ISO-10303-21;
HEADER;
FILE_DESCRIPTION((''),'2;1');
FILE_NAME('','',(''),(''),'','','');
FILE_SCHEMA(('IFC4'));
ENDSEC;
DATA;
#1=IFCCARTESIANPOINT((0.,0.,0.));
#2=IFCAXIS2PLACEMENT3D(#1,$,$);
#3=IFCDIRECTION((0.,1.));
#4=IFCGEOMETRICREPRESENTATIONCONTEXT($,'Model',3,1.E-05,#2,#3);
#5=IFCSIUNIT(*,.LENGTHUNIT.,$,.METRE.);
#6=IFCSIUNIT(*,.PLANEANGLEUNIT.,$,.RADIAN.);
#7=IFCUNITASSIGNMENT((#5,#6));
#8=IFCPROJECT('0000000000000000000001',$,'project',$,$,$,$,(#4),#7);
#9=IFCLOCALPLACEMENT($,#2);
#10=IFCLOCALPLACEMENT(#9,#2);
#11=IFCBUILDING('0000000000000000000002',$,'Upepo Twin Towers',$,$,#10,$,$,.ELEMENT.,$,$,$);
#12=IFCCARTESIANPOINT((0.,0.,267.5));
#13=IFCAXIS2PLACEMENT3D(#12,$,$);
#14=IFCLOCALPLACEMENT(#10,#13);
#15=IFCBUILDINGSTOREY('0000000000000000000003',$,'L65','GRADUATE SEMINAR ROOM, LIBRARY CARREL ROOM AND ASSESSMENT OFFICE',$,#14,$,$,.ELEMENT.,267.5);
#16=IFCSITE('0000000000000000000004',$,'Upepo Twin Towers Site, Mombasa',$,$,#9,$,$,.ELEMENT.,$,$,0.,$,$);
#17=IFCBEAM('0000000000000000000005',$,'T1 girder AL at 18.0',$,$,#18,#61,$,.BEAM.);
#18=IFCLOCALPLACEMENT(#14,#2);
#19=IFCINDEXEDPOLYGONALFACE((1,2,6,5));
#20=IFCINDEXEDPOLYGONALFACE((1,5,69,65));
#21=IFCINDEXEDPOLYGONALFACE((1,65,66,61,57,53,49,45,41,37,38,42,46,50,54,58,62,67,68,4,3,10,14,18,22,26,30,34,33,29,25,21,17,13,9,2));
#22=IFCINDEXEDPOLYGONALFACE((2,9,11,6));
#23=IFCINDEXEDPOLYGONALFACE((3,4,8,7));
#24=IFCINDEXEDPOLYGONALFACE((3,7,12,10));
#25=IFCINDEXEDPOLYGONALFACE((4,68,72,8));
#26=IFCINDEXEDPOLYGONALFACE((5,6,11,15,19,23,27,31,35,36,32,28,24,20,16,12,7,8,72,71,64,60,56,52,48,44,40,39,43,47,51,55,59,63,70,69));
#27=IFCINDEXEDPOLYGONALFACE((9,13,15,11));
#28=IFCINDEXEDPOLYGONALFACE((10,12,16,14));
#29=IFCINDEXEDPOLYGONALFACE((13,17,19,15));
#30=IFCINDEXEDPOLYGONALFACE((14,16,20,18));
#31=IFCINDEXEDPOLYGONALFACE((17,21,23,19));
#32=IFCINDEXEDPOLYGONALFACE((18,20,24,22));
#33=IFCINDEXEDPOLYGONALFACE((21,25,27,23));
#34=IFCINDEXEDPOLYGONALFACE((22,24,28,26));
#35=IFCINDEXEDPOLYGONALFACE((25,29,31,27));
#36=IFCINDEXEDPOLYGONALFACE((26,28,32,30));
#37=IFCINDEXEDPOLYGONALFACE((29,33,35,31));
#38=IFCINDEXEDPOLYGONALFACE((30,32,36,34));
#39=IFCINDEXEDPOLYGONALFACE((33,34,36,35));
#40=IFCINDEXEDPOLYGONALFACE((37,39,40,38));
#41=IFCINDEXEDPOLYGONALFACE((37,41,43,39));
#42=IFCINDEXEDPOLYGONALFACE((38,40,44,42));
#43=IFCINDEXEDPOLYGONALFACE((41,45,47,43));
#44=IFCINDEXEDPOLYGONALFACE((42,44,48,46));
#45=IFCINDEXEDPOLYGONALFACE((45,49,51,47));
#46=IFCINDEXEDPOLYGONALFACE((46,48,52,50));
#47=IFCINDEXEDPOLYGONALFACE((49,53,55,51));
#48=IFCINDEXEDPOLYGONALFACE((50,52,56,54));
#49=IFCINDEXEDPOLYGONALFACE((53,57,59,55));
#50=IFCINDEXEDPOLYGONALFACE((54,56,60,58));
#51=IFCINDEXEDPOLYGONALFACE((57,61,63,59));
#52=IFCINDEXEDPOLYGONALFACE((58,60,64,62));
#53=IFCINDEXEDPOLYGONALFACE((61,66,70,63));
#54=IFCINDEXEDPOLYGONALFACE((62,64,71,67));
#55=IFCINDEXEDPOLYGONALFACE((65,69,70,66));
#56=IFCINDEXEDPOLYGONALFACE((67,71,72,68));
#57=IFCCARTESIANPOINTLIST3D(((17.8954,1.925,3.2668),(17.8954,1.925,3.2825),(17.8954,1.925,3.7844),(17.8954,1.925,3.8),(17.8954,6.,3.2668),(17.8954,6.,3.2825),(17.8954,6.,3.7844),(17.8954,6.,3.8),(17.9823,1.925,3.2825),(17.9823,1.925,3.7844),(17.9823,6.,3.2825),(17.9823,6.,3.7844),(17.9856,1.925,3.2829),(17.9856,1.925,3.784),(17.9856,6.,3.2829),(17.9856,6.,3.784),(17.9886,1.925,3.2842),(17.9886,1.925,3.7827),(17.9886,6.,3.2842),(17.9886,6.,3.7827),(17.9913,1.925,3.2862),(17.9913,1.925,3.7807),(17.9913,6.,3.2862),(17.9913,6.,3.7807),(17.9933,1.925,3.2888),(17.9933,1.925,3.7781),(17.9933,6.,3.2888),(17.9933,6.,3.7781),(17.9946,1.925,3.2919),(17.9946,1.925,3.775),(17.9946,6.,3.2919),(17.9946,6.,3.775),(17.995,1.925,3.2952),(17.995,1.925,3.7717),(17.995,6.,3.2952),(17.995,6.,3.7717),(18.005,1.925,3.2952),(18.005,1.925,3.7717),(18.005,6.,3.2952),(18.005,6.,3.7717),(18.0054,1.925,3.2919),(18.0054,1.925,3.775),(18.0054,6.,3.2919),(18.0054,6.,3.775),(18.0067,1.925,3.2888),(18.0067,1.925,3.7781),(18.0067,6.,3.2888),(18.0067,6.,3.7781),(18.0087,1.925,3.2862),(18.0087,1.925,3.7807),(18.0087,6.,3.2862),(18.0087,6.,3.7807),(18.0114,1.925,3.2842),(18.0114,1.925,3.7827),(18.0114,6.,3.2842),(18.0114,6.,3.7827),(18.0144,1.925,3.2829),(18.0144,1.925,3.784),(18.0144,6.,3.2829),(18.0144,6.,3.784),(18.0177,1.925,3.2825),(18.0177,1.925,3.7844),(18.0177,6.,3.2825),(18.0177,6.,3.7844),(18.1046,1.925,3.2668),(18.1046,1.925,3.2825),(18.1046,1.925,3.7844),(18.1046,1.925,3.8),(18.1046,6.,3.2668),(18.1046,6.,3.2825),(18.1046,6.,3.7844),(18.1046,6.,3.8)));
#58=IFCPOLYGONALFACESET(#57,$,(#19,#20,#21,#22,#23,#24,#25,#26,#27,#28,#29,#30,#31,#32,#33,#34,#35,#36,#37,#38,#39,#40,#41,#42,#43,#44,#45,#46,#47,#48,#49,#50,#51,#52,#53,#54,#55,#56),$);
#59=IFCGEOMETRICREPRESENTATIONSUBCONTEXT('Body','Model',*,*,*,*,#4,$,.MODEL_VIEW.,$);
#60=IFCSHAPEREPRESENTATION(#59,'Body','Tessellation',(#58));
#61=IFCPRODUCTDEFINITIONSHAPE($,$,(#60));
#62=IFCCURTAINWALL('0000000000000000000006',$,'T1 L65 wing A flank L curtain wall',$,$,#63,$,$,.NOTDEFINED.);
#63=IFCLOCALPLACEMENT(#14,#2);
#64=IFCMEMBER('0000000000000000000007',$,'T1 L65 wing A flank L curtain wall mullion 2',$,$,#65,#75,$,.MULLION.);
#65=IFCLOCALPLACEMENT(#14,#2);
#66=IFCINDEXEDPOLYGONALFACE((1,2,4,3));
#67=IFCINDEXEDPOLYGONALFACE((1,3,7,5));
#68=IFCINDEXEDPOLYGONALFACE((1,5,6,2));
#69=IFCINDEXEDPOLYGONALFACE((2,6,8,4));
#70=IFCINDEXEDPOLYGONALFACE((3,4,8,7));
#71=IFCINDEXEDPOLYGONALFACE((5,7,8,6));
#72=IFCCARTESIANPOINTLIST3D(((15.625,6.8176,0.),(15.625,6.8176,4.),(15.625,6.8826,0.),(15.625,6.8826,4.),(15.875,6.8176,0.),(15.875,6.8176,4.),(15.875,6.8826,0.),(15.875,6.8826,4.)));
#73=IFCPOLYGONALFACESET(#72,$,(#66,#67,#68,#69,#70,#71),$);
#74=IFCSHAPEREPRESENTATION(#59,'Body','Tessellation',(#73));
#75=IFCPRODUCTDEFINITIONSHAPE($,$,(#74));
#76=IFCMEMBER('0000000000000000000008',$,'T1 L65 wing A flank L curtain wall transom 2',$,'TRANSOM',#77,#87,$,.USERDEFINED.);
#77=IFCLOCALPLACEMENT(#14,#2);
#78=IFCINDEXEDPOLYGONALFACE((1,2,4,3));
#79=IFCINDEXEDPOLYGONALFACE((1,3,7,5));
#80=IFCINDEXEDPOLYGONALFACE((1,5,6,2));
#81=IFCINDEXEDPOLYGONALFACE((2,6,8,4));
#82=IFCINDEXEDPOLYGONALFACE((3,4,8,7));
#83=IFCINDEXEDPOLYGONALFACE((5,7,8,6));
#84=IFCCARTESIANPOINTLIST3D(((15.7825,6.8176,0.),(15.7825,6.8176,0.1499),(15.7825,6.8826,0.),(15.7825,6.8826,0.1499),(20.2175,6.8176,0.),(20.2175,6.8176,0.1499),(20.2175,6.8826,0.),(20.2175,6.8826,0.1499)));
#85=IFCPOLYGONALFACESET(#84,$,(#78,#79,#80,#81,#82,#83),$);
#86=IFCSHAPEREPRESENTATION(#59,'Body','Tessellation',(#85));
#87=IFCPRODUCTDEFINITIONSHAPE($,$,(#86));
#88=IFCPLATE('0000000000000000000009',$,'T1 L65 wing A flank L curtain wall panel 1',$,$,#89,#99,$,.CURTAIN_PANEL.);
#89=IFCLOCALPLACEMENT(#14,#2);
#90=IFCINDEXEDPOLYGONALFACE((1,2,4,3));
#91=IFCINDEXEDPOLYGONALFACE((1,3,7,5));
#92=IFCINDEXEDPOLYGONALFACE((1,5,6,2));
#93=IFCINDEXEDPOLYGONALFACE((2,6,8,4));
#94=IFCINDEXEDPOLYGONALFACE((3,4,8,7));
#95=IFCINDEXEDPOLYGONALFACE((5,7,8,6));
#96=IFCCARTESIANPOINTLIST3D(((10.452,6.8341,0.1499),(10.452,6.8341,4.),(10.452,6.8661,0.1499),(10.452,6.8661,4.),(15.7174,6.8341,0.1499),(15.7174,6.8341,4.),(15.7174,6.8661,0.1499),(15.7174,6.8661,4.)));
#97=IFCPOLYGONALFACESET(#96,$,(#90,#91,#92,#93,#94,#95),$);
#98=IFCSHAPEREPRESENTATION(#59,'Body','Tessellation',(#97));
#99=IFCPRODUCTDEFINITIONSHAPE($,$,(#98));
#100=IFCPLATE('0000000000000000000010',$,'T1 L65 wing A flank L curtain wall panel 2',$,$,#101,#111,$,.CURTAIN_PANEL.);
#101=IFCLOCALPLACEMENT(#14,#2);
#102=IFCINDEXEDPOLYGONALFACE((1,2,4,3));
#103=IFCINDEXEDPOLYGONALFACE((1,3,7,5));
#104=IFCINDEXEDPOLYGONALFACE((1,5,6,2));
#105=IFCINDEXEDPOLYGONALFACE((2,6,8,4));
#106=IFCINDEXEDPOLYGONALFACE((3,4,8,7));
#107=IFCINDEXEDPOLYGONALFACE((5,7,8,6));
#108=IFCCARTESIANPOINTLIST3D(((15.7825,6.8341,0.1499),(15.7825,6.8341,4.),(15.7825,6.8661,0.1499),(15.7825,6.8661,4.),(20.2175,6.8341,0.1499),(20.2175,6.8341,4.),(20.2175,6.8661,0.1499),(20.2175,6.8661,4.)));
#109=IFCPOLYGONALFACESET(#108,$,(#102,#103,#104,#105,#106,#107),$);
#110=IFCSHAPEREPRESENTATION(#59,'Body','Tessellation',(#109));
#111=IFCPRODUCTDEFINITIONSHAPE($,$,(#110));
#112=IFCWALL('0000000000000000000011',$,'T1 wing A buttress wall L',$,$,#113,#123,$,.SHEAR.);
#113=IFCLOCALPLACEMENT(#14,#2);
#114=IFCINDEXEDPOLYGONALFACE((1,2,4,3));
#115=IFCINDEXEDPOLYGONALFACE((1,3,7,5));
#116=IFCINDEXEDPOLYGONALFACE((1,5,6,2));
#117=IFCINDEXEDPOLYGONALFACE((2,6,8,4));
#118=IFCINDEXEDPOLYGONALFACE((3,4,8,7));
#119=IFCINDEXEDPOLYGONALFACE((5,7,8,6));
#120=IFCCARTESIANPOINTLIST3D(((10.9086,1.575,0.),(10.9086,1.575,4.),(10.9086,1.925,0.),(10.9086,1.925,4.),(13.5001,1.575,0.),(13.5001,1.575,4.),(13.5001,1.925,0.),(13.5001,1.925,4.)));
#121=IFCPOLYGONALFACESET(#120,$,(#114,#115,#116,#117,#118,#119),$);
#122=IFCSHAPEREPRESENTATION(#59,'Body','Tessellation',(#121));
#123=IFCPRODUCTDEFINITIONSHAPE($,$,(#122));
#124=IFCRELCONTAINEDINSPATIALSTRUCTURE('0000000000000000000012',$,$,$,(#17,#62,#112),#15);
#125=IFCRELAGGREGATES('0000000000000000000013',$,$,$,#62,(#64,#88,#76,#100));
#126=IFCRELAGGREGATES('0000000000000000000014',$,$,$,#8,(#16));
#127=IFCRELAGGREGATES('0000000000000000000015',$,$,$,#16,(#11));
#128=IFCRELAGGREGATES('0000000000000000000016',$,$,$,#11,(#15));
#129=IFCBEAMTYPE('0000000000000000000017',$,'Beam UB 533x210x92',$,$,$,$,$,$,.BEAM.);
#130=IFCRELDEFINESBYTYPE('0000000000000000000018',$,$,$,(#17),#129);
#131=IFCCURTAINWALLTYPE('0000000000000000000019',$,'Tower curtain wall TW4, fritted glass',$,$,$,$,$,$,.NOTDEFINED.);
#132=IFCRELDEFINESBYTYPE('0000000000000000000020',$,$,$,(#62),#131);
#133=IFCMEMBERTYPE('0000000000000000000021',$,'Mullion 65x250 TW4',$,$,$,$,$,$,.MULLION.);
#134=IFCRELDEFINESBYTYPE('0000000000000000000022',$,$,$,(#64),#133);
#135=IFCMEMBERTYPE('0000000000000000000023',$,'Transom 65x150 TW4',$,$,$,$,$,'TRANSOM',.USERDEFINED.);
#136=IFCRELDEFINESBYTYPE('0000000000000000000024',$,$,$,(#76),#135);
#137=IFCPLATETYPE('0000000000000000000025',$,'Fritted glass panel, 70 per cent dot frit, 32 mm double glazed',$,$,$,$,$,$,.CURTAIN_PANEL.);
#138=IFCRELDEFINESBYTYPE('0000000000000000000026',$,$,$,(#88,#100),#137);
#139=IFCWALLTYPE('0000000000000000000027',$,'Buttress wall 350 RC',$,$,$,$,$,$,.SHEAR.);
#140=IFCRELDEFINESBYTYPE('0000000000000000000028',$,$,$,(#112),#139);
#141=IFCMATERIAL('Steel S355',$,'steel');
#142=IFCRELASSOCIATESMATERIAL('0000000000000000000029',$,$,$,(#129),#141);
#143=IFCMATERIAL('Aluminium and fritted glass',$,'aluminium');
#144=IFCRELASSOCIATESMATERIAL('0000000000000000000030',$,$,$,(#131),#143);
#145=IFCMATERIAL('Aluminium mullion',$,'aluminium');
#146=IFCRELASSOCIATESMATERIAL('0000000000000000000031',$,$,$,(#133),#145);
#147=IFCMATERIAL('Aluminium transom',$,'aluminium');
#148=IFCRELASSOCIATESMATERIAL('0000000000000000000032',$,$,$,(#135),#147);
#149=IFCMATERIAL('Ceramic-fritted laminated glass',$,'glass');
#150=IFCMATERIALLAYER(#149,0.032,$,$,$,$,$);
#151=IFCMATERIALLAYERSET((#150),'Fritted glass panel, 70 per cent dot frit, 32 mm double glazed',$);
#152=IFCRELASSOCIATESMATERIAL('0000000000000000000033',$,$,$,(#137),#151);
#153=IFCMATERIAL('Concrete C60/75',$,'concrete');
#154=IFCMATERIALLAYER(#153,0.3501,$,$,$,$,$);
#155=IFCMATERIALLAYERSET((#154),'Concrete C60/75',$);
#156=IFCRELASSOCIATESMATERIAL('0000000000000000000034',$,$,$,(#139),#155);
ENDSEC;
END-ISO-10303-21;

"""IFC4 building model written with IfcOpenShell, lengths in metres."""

from ifc_helpers import new_model, si_unit, direction, frame, frame_2d, origin, origin_2d, place, context, subcontext, project, spatial, rectangle, i_section, extrude, material, layer, layer_set, material_profile, profile_set, type_object, element, aggregate, save


model = new_model("IFC4")

# Units and contexts
model_context = context("Model", 3, precision=1e-05, world=origin(), true_north=direction((0.0, 1.0)))
body_context = subcontext(model_context, "Body", "Model", "MODEL_VIEW")
ifc_project = project(units=[si_unit("LENGTHUNIT", "METRE"), si_unit("PLANEANGLEUNIT", "RADIAN")], contexts=[model_context])

# Site, building, storey
site_placement = place(None, origin())
site = spatial("IfcSite", under=ifc_project, at=site_placement, Name="Upepo Twin Towers Site, Mombasa", CompositionType="ELEMENT", RefElevation=0.0)
building_placement = place(site_placement, origin())
building = spatial("IfcBuilding", under=site, at=building_placement, Name="Upepo Twin Towers", CompositionType="ELEMENT")
storey_placement = place(building_placement, frame((0.0, 0.0, 267.5)))
storey = spatial("IfcBuildingStorey", under=building, at=storey_placement, Name="L65", Description="GRADUATE SEMINAR ROOM, LIBRARY CARREL ROOM AND ASSESSMENT OFFICE", CompositionType="ELEMENT", Elevation=267.5)

# Beam
ifc_material_1 = material(Name="Steel S355", Category="steel")
ifc_material_profile_1 = material_profile(ifc_material_1, i_section(OverallWidth=0.2092, OverallDepth=0.5332, WebThickness=0.01, FlangeThickness=0.0156, FilletRadius=0.0127, at=origin_2d()), Name="UB 533x210x92")
ifc_profile_set_1 = profile_set([ifc_material_profile_1], Name="Steel S355")
beam_type_1 = type_object("IfcBeamType", Name="Beam UB 533x210x92", PredefinedType="BEAM", material=ifc_profile_set_1)
for number, where, z_axis, x_axis, name in (
    (1, (18.0, 6.0, 3.5334), (0.0, -1.0, 0.0), (1.0, 0.0, 0.0), "T1 girder AL at 18.0"),
):
    element("IfcBeam", number, at=place(storey_placement, frame(where, z_axis=z_axis, x_axis=x_axis)), inside=storey, type_object=beam_type_1, Name=name, PredefinedType="BEAM", context=body_context, shape_type="SweptSolid", body=[
        extrude(i_section(OverallWidth=0.2092, OverallDepth=0.5332, WebThickness=0.01, FlangeThickness=0.0156, FilletRadius=0.0127, at=origin_2d()), origin(), (0.0, 0.0, 1.0), 4.075),
    ])

# Curtain wall, members, plates
ifc_material_2 = material(Name="Aluminium and fritted glass", Category="aluminium")
curtain_wall_type = type_object("IfcCurtainWallType", Name="Tower curtain wall TW4, fritted glass", PredefinedType="NOTDEFINED", material=ifc_material_2)
curtain_wall_placement = place(storey_placement, origin())
curtain_wall = element("IfcCurtainWall", 2, at=curtain_wall_placement, inside=storey, type_object=curtain_wall_type, Name="T1 L65 wing A flank L curtain wall", PredefinedType="NOTDEFINED")
ifc_material_3 = material(Name="Aluminium mullion", Category="aluminium")
ifc_material_profile_2 = material_profile(ifc_material_3, rectangle(XDim=0.0649, YDim=0.25, at=origin_2d()), Name="MULLION 65x250")
ifc_profile_set_2 = profile_set([ifc_material_profile_2], Name="Aluminium mullion")
member_type_1 = type_object("IfcMemberType", Name="Mullion 65x250 TW4", PredefinedType="MULLION", material=ifc_profile_set_2)
member_1_placement = place(storey_placement, frame((15.75, 6.8501, 0.0), z_axis=(0.0, 0.0, 1.0), x_axis=(0.0, 1.0, 0.0)))
member_1 = element("IfcMember", 3, at=member_1_placement, type_object=member_type_1, Name="T1 L65 wing A flank L curtain wall mullion 2", PredefinedType="MULLION", context=body_context, shape_type="SweptSolid", body=[
    extrude(rectangle(XDim=0.0649, YDim=0.25, at=origin_2d()), origin(), (0.0, 0.0, 1.0), 4.0),
])
ifc_material_4 = material(Name="Aluminium transom", Category="aluminium")
ifc_material_profile_3 = material_profile(ifc_material_4, rectangle(XDim=0.0649, YDim=0.1499, at=origin_2d()), Name="TRANSOM 65x150")
ifc_profile_set_3 = profile_set([ifc_material_profile_3], Name="Aluminium transom")
member_type_2 = type_object("IfcMemberType", Name="Transom 65x150 TW4", ElementType="TRANSOM", PredefinedType="USERDEFINED", material=ifc_profile_set_3)
member_2_placement = place(storey_placement, frame((15.7825, 6.8501, 0.075), z_axis=(1.0, 0.0, 0.0), x_axis=(0.0, 1.0, 0.0)))
member_2 = element("IfcMember", 4, at=member_2_placement, type_object=member_type_2, Name="T1 L65 wing A flank L curtain wall transom 2", ObjectType="TRANSOM", PredefinedType="USERDEFINED", context=body_context, shape_type="SweptSolid", body=[
    extrude(rectangle(XDim=0.0649, YDim=0.1499, at=origin_2d()), origin(), (0.0, 0.0, 1.0), 4.4351),
])
ifc_material_5 = material(Name="Ceramic-fritted laminated glass", Category="glass")
ifc_layer_1 = layer(ifc_material_5, 0.032)
ifc_layer_set_1 = layer_set([ifc_layer_1], Name="Fritted glass panel, 70 per cent dot frit, 32 mm double glazed")
plate_type = type_object("IfcPlateType", Name="Fritted glass panel, 70 per cent dot frit, 32 mm double glazed", PredefinedType="CURTAIN_PANEL", material=ifc_layer_set_1)
plate_1_placement = place(storey_placement, frame((13.0847, 6.8501, 0.1499), z_axis=(0.0, 0.0, 1.0), x_axis=(1.0, 0.0, 0.0)))
plate_1 = element("IfcPlate", 5, at=plate_1_placement, type_object=plate_type, Name="T1 L65 wing A flank L curtain wall panel 1", PredefinedType="CURTAIN_PANEL", context=body_context, shape_type="SweptSolid", body=[
    extrude(rectangle(XDim=5.2654, YDim=0.032, at=origin_2d()), origin(), (0.0, 0.0, 1.0), 3.8501),
])
plate_2_placement = place(storey_placement, frame((18.0, 6.8501, 0.1499), z_axis=(0.0, 0.0, 1.0), x_axis=(1.0, 0.0, 0.0)))
plate_2 = element("IfcPlate", 6, at=plate_2_placement, type_object=plate_type, Name="T1 L65 wing A flank L curtain wall panel 2", PredefinedType="CURTAIN_PANEL", context=body_context, shape_type="SweptSolid", body=[
    extrude(rectangle(XDim=4.4351, YDim=0.032, at=origin_2d()), origin(), (0.0, 0.0, 1.0), 3.8501),
])
aggregate(curtain_wall, [member_1, plate_1, member_2, plate_2])

# Wall
ifc_material_6 = material(Name="Concrete C60/75", Category="concrete")
ifc_layer_2 = layer(ifc_material_6, 0.3501)
ifc_layer_set_2 = layer_set([ifc_layer_2], Name="Concrete C60/75")
wall_type_1 = type_object("IfcWallType", Name="Buttress wall 350 RC", PredefinedType="SHEAR", material=ifc_layer_set_2)
wall_1_placement = place(storey_placement, frame((10.9084, 1.75, 0.0), z_axis=(0.0, 0.0, 1.0), x_axis=(1.0, 0.0, 0.0)))
element("IfcWall", 7, at=wall_1_placement, inside=storey, type_object=wall_type_1, Name="T1 wing A buttress wall L", PredefinedType="SHEAR", context=body_context, shape_type="SweptSolid", body=[
    extrude(rectangle(XDim=2.5916, YDim=0.3501, at=frame_2d((1.2959, 0.0))), origin(), (0.0, 0.0, 1.0), 4.0),
])

save(model, "model.ifc")
